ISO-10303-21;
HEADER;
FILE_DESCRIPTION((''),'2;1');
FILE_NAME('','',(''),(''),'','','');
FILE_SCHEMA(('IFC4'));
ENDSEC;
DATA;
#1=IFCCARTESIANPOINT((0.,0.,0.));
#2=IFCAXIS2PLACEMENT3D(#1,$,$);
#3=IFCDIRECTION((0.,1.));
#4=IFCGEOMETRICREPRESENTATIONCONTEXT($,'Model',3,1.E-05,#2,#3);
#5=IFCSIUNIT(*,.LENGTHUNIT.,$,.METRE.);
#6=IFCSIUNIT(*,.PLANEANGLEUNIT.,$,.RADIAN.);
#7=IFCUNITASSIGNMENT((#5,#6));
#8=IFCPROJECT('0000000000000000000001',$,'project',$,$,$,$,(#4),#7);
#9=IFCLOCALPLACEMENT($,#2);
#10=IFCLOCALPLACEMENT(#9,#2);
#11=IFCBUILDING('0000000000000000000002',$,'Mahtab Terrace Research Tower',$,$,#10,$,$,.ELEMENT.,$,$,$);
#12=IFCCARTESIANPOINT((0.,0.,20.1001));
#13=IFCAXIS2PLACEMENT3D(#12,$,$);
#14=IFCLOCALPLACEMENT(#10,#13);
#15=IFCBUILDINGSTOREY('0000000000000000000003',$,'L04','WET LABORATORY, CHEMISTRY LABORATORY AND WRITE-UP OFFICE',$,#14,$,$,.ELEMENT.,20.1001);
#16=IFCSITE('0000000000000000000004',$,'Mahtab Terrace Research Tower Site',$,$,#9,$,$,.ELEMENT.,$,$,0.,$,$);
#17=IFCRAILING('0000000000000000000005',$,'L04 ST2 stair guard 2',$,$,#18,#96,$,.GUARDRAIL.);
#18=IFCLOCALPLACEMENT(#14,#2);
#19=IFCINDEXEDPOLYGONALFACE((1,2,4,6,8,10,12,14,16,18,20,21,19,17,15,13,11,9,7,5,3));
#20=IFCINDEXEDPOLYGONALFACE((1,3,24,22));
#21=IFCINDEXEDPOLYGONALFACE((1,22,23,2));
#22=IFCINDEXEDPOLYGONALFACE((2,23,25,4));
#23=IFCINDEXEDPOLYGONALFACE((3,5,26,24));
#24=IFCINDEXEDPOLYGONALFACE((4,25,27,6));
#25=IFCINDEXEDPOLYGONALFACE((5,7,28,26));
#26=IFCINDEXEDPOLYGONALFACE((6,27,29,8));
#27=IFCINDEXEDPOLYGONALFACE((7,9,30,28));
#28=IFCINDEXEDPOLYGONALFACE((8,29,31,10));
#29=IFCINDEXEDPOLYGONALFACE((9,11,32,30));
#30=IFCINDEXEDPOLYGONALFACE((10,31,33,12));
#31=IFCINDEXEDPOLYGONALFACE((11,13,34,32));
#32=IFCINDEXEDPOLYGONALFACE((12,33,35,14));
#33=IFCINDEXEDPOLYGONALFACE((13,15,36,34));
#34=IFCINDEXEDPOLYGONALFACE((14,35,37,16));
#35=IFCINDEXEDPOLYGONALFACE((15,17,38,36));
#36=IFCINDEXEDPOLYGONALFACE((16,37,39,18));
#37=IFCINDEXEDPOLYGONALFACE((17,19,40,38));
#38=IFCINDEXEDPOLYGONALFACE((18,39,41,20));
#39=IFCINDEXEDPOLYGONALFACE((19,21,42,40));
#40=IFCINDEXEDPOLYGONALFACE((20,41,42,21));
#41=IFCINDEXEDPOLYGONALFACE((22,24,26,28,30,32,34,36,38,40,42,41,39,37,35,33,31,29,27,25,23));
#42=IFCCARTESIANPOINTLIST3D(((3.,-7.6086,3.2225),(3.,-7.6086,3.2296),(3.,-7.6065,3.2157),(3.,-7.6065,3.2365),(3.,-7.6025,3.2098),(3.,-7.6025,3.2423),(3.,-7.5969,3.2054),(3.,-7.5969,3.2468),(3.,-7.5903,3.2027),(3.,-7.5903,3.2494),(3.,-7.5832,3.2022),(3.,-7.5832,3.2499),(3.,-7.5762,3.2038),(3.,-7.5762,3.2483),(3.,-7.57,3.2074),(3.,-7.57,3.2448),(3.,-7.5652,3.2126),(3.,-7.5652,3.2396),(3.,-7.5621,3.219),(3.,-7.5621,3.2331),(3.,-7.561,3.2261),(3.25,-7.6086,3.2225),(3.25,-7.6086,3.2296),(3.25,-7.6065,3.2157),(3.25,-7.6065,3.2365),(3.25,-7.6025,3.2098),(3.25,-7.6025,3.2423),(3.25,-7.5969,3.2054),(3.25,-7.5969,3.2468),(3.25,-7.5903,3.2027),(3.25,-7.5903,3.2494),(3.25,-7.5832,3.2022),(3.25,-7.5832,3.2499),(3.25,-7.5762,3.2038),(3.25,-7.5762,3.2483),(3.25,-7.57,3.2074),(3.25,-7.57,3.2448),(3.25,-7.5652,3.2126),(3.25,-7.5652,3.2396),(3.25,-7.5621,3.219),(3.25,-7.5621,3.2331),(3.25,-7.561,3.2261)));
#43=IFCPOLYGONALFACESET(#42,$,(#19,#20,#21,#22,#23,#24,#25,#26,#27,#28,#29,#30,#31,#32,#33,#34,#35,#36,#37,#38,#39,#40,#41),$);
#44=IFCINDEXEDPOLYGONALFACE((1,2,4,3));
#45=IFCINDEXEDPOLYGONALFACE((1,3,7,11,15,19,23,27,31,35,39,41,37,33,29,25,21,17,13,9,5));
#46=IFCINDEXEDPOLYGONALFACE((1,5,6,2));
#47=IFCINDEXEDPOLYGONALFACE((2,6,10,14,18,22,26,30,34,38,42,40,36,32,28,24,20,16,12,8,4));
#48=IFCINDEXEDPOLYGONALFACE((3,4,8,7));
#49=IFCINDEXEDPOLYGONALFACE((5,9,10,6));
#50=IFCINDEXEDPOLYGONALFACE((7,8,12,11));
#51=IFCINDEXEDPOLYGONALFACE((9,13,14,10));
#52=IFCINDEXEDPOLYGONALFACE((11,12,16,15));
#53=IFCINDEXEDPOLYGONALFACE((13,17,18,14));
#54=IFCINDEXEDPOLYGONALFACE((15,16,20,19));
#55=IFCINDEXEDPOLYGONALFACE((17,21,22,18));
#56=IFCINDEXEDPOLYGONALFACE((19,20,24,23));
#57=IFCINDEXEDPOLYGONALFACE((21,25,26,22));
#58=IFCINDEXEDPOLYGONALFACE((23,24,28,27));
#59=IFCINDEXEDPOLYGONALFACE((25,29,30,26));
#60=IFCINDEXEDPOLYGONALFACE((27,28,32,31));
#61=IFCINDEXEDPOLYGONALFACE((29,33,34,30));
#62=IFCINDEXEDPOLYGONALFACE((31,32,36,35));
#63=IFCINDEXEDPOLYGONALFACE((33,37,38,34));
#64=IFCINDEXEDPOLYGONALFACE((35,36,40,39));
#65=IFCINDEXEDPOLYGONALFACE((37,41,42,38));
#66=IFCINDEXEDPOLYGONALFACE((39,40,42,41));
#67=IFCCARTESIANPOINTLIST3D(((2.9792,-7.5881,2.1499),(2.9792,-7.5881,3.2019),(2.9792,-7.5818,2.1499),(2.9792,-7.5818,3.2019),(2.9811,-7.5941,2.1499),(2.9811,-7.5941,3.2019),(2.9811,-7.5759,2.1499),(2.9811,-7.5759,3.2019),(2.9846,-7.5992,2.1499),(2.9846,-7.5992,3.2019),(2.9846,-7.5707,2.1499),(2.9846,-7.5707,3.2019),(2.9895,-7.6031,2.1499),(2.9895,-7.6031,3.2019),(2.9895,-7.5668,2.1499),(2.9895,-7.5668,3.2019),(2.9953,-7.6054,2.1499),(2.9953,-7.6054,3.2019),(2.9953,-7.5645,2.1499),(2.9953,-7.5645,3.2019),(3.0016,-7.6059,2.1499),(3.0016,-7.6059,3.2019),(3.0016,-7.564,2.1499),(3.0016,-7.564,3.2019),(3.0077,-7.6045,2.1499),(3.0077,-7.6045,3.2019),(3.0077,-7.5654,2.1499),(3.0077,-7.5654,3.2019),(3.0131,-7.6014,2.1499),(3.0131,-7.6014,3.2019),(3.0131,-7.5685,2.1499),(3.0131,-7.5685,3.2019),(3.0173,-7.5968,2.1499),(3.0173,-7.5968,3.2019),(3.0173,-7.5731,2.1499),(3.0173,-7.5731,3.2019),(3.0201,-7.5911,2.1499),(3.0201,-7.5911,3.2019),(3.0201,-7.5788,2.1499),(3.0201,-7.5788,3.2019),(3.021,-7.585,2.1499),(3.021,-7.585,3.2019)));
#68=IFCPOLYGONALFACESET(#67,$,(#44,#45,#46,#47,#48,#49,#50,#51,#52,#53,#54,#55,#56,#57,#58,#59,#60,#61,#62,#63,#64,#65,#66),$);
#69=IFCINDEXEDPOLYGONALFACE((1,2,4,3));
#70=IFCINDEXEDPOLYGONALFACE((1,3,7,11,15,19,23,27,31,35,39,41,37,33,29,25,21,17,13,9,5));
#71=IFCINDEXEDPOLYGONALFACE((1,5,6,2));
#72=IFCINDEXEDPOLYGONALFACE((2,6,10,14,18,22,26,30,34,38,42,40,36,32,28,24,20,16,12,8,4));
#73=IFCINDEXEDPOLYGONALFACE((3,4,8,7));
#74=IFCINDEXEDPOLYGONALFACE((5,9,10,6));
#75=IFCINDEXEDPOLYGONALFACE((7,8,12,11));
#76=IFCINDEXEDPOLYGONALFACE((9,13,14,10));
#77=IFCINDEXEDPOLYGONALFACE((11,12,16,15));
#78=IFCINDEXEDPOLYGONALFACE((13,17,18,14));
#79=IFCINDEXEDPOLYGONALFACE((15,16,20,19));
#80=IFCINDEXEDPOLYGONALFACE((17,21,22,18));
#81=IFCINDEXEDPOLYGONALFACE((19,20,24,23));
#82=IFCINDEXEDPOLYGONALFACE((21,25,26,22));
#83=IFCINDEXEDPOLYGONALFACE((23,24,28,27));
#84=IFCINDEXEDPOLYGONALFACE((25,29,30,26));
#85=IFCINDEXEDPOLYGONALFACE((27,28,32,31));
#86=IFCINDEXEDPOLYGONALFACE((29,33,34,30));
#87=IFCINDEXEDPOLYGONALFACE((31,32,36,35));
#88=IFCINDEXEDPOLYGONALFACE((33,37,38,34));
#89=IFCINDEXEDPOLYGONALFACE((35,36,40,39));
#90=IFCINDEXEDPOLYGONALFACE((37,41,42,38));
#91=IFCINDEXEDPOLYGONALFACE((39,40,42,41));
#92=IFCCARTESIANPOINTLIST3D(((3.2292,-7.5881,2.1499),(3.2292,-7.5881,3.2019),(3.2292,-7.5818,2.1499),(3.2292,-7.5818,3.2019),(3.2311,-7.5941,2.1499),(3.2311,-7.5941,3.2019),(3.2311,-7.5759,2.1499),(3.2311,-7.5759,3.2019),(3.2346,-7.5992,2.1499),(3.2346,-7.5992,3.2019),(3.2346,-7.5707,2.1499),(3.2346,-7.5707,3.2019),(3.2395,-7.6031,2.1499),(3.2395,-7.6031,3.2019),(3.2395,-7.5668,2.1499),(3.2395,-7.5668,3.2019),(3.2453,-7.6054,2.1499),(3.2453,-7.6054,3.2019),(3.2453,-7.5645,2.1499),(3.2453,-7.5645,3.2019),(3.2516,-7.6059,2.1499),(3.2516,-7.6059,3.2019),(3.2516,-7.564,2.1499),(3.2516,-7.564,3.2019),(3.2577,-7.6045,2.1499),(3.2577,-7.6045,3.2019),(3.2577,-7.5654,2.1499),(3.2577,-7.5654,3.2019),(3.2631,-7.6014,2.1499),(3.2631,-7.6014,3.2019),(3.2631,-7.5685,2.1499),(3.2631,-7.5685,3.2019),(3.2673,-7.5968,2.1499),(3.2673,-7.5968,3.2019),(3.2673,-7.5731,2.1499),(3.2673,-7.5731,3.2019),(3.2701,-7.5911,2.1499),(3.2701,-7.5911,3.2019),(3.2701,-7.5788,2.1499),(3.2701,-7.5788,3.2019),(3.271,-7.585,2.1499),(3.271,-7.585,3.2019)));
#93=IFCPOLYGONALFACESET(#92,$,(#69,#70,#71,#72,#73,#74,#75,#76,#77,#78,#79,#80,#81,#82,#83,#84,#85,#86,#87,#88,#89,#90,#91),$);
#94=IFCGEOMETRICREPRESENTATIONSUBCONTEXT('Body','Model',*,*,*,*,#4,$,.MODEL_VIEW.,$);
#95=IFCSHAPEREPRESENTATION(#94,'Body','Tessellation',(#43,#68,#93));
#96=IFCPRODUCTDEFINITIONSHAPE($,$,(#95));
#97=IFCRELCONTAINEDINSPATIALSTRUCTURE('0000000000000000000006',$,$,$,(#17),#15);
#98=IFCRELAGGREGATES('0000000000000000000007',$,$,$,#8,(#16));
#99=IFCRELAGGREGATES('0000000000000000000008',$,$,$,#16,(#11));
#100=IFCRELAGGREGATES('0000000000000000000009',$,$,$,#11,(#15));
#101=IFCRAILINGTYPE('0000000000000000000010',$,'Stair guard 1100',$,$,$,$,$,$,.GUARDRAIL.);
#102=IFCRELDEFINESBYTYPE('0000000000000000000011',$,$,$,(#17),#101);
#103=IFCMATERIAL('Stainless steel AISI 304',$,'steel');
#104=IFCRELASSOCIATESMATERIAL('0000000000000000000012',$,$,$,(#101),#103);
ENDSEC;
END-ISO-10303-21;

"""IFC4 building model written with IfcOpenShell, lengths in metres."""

from ifc_helpers import new_model, si_unit, direction, frame, origin, origin_2d, place, context, subcontext, project, spatial, circle, extrude, material, type_object, element, save


model = new_model("IFC4")

# Units and contexts
model_context = context("Model", 3, precision=1e-05, world=origin(), true_north=direction((0.0, 1.0)))
body_context = subcontext(model_context, "Body", "Model", "MODEL_VIEW")
ifc_project = project(units=[si_unit("LENGTHUNIT", "METRE"), si_unit("PLANEANGLEUNIT", "RADIAN")], contexts=[model_context])

# Site, building, storey
site_placement = place(None, origin())
site = spatial("IfcSite", under=ifc_project, at=site_placement, Name="Mahtab Terrace Research Tower Site", CompositionType="ELEMENT", RefElevation=0.0)
building_placement = place(site_placement, origin())
building = spatial("IfcBuilding", under=site, at=building_placement, Name="Mahtab Terrace Research Tower", CompositionType="ELEMENT")
storey_placement = place(building_placement, frame((0.0, 0.0, 20.1001)))
storey = spatial("IfcBuildingStorey", under=building, at=storey_placement, Name="L04", Description="WET LABORATORY, CHEMISTRY LABORATORY AND WRITE-UP OFFICE", CompositionType="ELEMENT", Elevation=20.1001)

# Railing
ifc_material_1 = material(Name="Stainless steel AISI 304", Category="steel")
railing_type_1 = type_object("IfcRailingType", Name="Stair guard 1100", PredefinedType="GUARDRAIL", material=ifc_material_1)
railing_1_placement = place(storey_placement, frame((3.0, -7.585, 2.1499)))
element("IfcRailing", 1, at=railing_1_placement, inside=storey, type_object=railing_type_1, Name="L04 ST2 stair guard 2", PredefinedType="GUARDRAIL", context=body_context, shape_type="SweptSolid", body=[
    extrude(circle(Radius=0.0239, at=origin_2d()), frame((0.0, 0.0, 1.0762), z_axis=(1.0, 0.0, 0.0), x_axis=(0.0, 1.0, 0.0)), (0.0, 0.0, 1.0), 0.25),
    extrude(circle(Radius=0.021, at=origin_2d()), origin(), (0.0, 0.0, 1.0), 1.052),
    extrude(circle(Radius=0.021, at=origin_2d()), frame((0.25, 0.0, 0.0)), (0.0, 0.0, 1.0), 1.052),
])

save(model, "model.ifc")
